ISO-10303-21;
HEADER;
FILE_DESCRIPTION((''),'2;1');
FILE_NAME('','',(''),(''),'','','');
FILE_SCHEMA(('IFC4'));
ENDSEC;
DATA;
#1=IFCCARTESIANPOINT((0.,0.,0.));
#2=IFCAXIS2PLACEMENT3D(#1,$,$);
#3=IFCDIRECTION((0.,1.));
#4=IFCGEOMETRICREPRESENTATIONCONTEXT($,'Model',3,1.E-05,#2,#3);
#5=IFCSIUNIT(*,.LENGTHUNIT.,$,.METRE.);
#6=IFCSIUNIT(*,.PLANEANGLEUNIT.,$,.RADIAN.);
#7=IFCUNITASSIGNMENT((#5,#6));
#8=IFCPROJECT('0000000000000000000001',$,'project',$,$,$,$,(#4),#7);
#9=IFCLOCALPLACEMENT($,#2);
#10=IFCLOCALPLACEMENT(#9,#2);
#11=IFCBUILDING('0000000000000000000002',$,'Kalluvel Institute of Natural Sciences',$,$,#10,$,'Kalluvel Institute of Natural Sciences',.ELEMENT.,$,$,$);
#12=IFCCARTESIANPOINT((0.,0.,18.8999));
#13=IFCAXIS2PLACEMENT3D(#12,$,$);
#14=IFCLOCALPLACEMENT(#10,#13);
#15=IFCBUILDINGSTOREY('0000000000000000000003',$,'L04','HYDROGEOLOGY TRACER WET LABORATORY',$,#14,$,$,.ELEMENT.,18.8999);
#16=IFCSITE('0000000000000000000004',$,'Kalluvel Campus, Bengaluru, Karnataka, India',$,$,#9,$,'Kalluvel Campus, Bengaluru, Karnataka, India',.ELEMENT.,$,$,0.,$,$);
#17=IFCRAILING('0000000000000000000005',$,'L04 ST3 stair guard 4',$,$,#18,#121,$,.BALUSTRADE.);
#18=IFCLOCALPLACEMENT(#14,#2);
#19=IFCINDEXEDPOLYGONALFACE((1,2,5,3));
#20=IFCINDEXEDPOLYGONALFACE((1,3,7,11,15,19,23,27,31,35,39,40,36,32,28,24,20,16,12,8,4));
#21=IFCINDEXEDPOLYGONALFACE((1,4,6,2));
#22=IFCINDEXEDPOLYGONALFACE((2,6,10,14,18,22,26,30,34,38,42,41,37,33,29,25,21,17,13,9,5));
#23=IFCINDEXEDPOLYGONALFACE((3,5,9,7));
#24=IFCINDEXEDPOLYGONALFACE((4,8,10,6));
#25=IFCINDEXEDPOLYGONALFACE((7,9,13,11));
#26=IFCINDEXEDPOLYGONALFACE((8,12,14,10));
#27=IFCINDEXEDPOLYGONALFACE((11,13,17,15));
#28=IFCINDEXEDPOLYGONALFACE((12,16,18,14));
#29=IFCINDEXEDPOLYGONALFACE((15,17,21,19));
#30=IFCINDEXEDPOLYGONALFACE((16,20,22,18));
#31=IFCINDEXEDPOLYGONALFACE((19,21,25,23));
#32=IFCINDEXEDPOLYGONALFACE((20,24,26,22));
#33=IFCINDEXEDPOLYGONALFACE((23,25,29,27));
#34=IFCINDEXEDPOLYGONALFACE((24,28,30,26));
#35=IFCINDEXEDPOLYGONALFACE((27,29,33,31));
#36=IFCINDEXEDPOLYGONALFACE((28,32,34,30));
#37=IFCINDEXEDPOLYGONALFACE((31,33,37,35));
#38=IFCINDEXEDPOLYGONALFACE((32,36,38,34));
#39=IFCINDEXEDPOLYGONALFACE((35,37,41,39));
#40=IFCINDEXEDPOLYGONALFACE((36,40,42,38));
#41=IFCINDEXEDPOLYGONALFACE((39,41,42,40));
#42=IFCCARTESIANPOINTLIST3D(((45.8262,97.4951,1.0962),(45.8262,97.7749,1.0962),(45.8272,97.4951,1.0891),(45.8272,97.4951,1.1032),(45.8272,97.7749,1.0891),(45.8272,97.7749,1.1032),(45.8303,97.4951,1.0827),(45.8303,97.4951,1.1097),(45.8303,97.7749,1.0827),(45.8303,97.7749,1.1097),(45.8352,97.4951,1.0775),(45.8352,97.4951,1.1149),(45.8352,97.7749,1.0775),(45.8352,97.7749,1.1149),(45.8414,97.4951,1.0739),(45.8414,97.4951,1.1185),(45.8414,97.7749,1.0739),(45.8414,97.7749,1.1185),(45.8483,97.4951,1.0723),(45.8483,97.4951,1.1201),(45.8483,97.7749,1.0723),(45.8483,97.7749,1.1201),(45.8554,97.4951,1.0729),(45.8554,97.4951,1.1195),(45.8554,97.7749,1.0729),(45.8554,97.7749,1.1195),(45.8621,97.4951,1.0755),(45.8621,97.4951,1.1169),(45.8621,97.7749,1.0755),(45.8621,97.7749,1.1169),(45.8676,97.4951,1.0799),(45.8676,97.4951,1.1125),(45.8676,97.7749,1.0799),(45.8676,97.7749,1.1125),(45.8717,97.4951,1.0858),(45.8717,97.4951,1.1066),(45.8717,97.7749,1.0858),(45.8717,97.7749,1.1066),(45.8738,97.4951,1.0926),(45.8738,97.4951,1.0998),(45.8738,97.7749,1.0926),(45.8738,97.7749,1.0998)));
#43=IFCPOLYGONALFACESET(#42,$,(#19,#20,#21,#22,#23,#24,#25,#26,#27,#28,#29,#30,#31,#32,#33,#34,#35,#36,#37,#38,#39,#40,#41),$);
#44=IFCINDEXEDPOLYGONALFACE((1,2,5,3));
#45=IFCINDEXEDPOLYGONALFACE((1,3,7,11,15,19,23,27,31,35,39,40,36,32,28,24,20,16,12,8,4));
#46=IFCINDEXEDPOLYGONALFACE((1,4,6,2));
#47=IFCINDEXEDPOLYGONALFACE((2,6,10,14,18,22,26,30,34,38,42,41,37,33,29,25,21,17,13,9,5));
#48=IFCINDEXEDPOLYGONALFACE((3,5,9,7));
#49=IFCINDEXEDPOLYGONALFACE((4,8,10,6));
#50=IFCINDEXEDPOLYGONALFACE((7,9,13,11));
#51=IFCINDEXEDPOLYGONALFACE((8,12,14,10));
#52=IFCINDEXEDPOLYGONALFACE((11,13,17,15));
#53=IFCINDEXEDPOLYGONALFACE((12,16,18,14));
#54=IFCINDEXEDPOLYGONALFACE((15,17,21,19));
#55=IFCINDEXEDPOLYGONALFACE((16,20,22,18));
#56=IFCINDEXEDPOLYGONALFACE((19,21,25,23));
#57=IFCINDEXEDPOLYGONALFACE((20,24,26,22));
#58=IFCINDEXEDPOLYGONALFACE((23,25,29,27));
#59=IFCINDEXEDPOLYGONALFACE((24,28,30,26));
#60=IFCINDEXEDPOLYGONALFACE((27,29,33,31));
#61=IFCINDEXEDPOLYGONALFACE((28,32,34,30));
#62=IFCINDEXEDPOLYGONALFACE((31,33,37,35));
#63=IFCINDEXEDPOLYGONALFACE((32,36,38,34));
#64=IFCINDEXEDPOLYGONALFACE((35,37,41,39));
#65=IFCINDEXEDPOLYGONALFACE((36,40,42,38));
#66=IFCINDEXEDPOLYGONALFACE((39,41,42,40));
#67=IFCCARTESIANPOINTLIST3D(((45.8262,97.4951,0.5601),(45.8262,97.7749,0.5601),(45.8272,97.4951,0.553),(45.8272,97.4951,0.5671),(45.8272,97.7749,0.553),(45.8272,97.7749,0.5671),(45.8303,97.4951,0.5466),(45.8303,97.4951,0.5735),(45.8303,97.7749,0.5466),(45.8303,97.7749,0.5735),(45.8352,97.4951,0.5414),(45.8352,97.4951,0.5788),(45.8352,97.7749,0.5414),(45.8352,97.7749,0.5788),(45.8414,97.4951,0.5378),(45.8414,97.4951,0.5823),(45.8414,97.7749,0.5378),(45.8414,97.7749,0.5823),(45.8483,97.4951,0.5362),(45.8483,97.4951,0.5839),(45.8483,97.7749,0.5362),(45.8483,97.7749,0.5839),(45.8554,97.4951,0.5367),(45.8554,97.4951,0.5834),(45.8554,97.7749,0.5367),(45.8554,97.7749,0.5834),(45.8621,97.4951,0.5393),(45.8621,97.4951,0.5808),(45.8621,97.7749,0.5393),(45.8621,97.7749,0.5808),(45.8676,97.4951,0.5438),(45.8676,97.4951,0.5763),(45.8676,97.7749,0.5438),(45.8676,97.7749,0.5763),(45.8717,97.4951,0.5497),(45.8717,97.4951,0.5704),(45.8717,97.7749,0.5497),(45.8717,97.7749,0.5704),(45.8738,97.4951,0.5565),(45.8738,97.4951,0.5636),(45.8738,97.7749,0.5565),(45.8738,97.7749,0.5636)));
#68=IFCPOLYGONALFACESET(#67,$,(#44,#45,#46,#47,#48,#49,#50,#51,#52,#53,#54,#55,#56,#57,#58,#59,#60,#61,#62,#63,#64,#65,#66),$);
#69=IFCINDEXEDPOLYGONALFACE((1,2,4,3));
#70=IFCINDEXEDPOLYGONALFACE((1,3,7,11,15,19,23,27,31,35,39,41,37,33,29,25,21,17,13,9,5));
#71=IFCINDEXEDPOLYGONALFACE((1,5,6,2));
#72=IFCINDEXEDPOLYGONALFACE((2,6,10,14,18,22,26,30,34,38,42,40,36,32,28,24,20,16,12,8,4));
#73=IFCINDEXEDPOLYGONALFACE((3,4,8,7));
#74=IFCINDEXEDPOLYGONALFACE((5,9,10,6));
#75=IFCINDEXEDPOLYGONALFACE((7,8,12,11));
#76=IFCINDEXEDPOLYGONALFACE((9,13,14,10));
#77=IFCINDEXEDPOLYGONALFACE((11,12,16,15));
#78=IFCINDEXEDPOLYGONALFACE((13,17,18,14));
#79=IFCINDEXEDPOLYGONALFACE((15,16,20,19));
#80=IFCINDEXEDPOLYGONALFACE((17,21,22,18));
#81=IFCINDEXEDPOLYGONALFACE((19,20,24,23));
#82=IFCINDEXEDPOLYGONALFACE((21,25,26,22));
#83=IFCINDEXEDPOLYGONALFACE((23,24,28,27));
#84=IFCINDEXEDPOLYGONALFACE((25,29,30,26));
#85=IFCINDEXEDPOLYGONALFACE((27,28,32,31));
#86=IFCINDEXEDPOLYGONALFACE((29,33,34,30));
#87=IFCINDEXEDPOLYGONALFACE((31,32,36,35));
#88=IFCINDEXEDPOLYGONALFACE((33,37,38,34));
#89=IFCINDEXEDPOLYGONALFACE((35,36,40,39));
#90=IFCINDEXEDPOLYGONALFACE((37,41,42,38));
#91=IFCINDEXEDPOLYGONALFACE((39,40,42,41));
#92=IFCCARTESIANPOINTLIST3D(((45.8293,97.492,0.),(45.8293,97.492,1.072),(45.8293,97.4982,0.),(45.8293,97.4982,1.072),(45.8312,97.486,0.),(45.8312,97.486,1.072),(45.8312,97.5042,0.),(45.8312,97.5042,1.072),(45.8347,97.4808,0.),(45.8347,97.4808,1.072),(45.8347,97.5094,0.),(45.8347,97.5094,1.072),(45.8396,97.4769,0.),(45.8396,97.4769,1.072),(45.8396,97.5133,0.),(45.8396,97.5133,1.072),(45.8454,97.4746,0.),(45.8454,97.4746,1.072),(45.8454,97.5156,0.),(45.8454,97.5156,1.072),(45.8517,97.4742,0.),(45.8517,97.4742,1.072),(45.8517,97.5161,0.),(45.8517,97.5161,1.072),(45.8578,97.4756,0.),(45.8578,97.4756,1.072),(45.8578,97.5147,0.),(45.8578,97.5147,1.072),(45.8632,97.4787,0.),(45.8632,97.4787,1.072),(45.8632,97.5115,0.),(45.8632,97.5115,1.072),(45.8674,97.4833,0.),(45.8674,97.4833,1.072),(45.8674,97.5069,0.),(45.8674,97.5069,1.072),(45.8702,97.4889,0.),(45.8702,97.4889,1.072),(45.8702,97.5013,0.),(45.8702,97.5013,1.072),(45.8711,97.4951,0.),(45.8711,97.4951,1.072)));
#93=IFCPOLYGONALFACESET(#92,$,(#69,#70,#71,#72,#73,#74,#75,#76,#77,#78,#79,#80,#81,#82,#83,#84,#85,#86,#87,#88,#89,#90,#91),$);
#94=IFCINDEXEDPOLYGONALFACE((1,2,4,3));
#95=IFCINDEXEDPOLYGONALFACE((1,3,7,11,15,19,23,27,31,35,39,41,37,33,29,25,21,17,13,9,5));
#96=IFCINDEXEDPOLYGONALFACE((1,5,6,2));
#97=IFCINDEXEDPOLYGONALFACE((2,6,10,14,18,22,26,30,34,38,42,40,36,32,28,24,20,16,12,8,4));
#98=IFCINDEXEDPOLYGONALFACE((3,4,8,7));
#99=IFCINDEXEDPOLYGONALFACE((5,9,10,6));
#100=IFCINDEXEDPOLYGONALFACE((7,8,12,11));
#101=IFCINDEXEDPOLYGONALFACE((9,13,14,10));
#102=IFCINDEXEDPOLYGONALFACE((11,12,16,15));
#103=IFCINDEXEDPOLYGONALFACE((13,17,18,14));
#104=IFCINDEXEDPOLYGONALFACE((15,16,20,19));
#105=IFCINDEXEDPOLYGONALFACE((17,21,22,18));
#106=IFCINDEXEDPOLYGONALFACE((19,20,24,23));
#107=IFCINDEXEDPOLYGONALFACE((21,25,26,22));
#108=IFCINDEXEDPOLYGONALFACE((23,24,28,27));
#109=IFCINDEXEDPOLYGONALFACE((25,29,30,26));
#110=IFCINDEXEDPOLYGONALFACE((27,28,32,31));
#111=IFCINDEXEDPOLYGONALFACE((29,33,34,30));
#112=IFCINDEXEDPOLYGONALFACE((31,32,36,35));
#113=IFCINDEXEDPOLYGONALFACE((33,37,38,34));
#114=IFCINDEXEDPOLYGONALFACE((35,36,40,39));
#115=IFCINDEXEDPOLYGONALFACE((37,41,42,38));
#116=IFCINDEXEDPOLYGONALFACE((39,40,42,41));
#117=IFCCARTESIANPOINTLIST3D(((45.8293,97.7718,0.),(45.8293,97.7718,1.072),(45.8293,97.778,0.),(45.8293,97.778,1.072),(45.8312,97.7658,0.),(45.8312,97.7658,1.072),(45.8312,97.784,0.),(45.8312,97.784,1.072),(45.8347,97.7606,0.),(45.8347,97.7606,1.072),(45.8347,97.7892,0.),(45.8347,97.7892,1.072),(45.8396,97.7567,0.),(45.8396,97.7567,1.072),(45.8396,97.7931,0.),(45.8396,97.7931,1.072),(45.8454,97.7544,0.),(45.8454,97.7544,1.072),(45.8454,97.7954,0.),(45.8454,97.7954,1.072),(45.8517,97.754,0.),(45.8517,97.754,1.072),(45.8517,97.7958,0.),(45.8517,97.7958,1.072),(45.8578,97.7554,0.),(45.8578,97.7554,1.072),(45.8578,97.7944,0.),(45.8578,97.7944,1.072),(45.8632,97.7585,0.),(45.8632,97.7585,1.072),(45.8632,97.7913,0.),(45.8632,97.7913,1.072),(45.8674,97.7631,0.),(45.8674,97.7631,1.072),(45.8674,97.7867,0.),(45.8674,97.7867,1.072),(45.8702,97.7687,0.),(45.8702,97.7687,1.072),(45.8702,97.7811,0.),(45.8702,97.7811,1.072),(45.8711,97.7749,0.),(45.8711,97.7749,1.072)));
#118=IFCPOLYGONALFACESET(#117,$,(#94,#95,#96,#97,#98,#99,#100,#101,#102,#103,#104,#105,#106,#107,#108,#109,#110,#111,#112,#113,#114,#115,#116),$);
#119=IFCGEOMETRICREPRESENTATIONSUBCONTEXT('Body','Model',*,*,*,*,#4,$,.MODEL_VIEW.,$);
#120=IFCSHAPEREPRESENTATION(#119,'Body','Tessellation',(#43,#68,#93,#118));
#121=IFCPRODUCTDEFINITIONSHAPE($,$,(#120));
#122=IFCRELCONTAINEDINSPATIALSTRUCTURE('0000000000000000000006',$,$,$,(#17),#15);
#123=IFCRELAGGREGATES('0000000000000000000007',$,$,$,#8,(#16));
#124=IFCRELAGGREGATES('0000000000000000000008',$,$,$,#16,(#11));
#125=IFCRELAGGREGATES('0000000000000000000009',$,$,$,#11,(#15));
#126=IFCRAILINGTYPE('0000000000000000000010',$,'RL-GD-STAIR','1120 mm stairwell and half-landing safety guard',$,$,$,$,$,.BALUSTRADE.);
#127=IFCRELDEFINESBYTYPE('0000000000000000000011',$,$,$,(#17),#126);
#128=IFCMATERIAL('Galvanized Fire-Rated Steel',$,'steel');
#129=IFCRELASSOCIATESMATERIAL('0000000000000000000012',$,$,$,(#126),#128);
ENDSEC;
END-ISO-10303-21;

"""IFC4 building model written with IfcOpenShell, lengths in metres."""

from ifc_helpers import new_model, si_unit, direction, frame, origin, origin_2d, place, context, subcontext, project, spatial, circle, extrude, material, type_object, element, save


model = new_model("IFC4")

# Units and contexts
model_context = context("Model", 3, precision=1e-05, world=origin(), true_north=direction((0.0, 1.0)))
body_context = subcontext(model_context, "Body", "Model", "MODEL_VIEW")
ifc_project = project(units=[si_unit("LENGTHUNIT", "METRE"), si_unit("PLANEANGLEUNIT", "RADIAN")], contexts=[model_context])

# Site, building, storey
site_placement = place(None, origin())
site = spatial("IfcSite", under=ifc_project, at=site_placement, Name="Kalluvel Campus, Bengaluru, Karnataka, India", LongName="Kalluvel Campus, Bengaluru, Karnataka, India", CompositionType="ELEMENT", RefElevation=0.0)
building_placement = place(site_placement, origin())
building = spatial("IfcBuilding", under=site, at=building_placement, Name="Kalluvel Institute of Natural Sciences", LongName="Kalluvel Institute of Natural Sciences", CompositionType="ELEMENT")
storey_placement = place(building_placement, frame((0.0, 0.0, 18.8999)))
storey = spatial("IfcBuildingStorey", under=building, at=storey_placement, Name="L04", Description="HYDROGEOLOGY TRACER WET LABORATORY", CompositionType="ELEMENT", Elevation=18.8999)

# Railing
ifc_material_1 = material(Name="Galvanized Fire-Rated Steel", Category="steel")
railing_type_1 = type_object("IfcRailingType", Name="RL-GD-STAIR", Description="1120 mm stairwell and half-landing safety guard", PredefinedType="BALUSTRADE", material=ifc_material_1)
railing_1_placement = place(storey_placement, frame((45.8501, 97.4951, 0.0)))
element("IfcRailing", 1, at=railing_1_placement, inside=storey, type_object=railing_type_1, Name="L04 ST3 stair guard 4", PredefinedType="BALUSTRADE", context=body_context, shape_type="SweptSolid", body=[
    extrude(circle(Radius=0.0239, at=origin_2d()), frame((0.0, 0.0, 1.0962), z_axis=(0.0, 1.0, 0.0), x_axis=(-1.0, 0.0, 0.0)), (0.0, 0.0, 1.0), 0.2798),
    extrude(circle(Radius=0.0239, at=origin_2d()), frame((0.0, 0.0, 0.5601), z_axis=(0.0, 1.0, 0.0), x_axis=(-1.0, 0.0, 0.0)), (0.0, 0.0, 1.0), 0.2798),
    extrude(circle(Radius=0.021, at=origin_2d()), origin(), (0.0, 0.0, 1.0), 1.072),
    extrude(circle(Radius=0.021, at=origin_2d()), frame((0.0, 0.2798, 0.0)), (0.0, 0.0, 1.0), 1.072),
])

save(model, "model.ifc")
